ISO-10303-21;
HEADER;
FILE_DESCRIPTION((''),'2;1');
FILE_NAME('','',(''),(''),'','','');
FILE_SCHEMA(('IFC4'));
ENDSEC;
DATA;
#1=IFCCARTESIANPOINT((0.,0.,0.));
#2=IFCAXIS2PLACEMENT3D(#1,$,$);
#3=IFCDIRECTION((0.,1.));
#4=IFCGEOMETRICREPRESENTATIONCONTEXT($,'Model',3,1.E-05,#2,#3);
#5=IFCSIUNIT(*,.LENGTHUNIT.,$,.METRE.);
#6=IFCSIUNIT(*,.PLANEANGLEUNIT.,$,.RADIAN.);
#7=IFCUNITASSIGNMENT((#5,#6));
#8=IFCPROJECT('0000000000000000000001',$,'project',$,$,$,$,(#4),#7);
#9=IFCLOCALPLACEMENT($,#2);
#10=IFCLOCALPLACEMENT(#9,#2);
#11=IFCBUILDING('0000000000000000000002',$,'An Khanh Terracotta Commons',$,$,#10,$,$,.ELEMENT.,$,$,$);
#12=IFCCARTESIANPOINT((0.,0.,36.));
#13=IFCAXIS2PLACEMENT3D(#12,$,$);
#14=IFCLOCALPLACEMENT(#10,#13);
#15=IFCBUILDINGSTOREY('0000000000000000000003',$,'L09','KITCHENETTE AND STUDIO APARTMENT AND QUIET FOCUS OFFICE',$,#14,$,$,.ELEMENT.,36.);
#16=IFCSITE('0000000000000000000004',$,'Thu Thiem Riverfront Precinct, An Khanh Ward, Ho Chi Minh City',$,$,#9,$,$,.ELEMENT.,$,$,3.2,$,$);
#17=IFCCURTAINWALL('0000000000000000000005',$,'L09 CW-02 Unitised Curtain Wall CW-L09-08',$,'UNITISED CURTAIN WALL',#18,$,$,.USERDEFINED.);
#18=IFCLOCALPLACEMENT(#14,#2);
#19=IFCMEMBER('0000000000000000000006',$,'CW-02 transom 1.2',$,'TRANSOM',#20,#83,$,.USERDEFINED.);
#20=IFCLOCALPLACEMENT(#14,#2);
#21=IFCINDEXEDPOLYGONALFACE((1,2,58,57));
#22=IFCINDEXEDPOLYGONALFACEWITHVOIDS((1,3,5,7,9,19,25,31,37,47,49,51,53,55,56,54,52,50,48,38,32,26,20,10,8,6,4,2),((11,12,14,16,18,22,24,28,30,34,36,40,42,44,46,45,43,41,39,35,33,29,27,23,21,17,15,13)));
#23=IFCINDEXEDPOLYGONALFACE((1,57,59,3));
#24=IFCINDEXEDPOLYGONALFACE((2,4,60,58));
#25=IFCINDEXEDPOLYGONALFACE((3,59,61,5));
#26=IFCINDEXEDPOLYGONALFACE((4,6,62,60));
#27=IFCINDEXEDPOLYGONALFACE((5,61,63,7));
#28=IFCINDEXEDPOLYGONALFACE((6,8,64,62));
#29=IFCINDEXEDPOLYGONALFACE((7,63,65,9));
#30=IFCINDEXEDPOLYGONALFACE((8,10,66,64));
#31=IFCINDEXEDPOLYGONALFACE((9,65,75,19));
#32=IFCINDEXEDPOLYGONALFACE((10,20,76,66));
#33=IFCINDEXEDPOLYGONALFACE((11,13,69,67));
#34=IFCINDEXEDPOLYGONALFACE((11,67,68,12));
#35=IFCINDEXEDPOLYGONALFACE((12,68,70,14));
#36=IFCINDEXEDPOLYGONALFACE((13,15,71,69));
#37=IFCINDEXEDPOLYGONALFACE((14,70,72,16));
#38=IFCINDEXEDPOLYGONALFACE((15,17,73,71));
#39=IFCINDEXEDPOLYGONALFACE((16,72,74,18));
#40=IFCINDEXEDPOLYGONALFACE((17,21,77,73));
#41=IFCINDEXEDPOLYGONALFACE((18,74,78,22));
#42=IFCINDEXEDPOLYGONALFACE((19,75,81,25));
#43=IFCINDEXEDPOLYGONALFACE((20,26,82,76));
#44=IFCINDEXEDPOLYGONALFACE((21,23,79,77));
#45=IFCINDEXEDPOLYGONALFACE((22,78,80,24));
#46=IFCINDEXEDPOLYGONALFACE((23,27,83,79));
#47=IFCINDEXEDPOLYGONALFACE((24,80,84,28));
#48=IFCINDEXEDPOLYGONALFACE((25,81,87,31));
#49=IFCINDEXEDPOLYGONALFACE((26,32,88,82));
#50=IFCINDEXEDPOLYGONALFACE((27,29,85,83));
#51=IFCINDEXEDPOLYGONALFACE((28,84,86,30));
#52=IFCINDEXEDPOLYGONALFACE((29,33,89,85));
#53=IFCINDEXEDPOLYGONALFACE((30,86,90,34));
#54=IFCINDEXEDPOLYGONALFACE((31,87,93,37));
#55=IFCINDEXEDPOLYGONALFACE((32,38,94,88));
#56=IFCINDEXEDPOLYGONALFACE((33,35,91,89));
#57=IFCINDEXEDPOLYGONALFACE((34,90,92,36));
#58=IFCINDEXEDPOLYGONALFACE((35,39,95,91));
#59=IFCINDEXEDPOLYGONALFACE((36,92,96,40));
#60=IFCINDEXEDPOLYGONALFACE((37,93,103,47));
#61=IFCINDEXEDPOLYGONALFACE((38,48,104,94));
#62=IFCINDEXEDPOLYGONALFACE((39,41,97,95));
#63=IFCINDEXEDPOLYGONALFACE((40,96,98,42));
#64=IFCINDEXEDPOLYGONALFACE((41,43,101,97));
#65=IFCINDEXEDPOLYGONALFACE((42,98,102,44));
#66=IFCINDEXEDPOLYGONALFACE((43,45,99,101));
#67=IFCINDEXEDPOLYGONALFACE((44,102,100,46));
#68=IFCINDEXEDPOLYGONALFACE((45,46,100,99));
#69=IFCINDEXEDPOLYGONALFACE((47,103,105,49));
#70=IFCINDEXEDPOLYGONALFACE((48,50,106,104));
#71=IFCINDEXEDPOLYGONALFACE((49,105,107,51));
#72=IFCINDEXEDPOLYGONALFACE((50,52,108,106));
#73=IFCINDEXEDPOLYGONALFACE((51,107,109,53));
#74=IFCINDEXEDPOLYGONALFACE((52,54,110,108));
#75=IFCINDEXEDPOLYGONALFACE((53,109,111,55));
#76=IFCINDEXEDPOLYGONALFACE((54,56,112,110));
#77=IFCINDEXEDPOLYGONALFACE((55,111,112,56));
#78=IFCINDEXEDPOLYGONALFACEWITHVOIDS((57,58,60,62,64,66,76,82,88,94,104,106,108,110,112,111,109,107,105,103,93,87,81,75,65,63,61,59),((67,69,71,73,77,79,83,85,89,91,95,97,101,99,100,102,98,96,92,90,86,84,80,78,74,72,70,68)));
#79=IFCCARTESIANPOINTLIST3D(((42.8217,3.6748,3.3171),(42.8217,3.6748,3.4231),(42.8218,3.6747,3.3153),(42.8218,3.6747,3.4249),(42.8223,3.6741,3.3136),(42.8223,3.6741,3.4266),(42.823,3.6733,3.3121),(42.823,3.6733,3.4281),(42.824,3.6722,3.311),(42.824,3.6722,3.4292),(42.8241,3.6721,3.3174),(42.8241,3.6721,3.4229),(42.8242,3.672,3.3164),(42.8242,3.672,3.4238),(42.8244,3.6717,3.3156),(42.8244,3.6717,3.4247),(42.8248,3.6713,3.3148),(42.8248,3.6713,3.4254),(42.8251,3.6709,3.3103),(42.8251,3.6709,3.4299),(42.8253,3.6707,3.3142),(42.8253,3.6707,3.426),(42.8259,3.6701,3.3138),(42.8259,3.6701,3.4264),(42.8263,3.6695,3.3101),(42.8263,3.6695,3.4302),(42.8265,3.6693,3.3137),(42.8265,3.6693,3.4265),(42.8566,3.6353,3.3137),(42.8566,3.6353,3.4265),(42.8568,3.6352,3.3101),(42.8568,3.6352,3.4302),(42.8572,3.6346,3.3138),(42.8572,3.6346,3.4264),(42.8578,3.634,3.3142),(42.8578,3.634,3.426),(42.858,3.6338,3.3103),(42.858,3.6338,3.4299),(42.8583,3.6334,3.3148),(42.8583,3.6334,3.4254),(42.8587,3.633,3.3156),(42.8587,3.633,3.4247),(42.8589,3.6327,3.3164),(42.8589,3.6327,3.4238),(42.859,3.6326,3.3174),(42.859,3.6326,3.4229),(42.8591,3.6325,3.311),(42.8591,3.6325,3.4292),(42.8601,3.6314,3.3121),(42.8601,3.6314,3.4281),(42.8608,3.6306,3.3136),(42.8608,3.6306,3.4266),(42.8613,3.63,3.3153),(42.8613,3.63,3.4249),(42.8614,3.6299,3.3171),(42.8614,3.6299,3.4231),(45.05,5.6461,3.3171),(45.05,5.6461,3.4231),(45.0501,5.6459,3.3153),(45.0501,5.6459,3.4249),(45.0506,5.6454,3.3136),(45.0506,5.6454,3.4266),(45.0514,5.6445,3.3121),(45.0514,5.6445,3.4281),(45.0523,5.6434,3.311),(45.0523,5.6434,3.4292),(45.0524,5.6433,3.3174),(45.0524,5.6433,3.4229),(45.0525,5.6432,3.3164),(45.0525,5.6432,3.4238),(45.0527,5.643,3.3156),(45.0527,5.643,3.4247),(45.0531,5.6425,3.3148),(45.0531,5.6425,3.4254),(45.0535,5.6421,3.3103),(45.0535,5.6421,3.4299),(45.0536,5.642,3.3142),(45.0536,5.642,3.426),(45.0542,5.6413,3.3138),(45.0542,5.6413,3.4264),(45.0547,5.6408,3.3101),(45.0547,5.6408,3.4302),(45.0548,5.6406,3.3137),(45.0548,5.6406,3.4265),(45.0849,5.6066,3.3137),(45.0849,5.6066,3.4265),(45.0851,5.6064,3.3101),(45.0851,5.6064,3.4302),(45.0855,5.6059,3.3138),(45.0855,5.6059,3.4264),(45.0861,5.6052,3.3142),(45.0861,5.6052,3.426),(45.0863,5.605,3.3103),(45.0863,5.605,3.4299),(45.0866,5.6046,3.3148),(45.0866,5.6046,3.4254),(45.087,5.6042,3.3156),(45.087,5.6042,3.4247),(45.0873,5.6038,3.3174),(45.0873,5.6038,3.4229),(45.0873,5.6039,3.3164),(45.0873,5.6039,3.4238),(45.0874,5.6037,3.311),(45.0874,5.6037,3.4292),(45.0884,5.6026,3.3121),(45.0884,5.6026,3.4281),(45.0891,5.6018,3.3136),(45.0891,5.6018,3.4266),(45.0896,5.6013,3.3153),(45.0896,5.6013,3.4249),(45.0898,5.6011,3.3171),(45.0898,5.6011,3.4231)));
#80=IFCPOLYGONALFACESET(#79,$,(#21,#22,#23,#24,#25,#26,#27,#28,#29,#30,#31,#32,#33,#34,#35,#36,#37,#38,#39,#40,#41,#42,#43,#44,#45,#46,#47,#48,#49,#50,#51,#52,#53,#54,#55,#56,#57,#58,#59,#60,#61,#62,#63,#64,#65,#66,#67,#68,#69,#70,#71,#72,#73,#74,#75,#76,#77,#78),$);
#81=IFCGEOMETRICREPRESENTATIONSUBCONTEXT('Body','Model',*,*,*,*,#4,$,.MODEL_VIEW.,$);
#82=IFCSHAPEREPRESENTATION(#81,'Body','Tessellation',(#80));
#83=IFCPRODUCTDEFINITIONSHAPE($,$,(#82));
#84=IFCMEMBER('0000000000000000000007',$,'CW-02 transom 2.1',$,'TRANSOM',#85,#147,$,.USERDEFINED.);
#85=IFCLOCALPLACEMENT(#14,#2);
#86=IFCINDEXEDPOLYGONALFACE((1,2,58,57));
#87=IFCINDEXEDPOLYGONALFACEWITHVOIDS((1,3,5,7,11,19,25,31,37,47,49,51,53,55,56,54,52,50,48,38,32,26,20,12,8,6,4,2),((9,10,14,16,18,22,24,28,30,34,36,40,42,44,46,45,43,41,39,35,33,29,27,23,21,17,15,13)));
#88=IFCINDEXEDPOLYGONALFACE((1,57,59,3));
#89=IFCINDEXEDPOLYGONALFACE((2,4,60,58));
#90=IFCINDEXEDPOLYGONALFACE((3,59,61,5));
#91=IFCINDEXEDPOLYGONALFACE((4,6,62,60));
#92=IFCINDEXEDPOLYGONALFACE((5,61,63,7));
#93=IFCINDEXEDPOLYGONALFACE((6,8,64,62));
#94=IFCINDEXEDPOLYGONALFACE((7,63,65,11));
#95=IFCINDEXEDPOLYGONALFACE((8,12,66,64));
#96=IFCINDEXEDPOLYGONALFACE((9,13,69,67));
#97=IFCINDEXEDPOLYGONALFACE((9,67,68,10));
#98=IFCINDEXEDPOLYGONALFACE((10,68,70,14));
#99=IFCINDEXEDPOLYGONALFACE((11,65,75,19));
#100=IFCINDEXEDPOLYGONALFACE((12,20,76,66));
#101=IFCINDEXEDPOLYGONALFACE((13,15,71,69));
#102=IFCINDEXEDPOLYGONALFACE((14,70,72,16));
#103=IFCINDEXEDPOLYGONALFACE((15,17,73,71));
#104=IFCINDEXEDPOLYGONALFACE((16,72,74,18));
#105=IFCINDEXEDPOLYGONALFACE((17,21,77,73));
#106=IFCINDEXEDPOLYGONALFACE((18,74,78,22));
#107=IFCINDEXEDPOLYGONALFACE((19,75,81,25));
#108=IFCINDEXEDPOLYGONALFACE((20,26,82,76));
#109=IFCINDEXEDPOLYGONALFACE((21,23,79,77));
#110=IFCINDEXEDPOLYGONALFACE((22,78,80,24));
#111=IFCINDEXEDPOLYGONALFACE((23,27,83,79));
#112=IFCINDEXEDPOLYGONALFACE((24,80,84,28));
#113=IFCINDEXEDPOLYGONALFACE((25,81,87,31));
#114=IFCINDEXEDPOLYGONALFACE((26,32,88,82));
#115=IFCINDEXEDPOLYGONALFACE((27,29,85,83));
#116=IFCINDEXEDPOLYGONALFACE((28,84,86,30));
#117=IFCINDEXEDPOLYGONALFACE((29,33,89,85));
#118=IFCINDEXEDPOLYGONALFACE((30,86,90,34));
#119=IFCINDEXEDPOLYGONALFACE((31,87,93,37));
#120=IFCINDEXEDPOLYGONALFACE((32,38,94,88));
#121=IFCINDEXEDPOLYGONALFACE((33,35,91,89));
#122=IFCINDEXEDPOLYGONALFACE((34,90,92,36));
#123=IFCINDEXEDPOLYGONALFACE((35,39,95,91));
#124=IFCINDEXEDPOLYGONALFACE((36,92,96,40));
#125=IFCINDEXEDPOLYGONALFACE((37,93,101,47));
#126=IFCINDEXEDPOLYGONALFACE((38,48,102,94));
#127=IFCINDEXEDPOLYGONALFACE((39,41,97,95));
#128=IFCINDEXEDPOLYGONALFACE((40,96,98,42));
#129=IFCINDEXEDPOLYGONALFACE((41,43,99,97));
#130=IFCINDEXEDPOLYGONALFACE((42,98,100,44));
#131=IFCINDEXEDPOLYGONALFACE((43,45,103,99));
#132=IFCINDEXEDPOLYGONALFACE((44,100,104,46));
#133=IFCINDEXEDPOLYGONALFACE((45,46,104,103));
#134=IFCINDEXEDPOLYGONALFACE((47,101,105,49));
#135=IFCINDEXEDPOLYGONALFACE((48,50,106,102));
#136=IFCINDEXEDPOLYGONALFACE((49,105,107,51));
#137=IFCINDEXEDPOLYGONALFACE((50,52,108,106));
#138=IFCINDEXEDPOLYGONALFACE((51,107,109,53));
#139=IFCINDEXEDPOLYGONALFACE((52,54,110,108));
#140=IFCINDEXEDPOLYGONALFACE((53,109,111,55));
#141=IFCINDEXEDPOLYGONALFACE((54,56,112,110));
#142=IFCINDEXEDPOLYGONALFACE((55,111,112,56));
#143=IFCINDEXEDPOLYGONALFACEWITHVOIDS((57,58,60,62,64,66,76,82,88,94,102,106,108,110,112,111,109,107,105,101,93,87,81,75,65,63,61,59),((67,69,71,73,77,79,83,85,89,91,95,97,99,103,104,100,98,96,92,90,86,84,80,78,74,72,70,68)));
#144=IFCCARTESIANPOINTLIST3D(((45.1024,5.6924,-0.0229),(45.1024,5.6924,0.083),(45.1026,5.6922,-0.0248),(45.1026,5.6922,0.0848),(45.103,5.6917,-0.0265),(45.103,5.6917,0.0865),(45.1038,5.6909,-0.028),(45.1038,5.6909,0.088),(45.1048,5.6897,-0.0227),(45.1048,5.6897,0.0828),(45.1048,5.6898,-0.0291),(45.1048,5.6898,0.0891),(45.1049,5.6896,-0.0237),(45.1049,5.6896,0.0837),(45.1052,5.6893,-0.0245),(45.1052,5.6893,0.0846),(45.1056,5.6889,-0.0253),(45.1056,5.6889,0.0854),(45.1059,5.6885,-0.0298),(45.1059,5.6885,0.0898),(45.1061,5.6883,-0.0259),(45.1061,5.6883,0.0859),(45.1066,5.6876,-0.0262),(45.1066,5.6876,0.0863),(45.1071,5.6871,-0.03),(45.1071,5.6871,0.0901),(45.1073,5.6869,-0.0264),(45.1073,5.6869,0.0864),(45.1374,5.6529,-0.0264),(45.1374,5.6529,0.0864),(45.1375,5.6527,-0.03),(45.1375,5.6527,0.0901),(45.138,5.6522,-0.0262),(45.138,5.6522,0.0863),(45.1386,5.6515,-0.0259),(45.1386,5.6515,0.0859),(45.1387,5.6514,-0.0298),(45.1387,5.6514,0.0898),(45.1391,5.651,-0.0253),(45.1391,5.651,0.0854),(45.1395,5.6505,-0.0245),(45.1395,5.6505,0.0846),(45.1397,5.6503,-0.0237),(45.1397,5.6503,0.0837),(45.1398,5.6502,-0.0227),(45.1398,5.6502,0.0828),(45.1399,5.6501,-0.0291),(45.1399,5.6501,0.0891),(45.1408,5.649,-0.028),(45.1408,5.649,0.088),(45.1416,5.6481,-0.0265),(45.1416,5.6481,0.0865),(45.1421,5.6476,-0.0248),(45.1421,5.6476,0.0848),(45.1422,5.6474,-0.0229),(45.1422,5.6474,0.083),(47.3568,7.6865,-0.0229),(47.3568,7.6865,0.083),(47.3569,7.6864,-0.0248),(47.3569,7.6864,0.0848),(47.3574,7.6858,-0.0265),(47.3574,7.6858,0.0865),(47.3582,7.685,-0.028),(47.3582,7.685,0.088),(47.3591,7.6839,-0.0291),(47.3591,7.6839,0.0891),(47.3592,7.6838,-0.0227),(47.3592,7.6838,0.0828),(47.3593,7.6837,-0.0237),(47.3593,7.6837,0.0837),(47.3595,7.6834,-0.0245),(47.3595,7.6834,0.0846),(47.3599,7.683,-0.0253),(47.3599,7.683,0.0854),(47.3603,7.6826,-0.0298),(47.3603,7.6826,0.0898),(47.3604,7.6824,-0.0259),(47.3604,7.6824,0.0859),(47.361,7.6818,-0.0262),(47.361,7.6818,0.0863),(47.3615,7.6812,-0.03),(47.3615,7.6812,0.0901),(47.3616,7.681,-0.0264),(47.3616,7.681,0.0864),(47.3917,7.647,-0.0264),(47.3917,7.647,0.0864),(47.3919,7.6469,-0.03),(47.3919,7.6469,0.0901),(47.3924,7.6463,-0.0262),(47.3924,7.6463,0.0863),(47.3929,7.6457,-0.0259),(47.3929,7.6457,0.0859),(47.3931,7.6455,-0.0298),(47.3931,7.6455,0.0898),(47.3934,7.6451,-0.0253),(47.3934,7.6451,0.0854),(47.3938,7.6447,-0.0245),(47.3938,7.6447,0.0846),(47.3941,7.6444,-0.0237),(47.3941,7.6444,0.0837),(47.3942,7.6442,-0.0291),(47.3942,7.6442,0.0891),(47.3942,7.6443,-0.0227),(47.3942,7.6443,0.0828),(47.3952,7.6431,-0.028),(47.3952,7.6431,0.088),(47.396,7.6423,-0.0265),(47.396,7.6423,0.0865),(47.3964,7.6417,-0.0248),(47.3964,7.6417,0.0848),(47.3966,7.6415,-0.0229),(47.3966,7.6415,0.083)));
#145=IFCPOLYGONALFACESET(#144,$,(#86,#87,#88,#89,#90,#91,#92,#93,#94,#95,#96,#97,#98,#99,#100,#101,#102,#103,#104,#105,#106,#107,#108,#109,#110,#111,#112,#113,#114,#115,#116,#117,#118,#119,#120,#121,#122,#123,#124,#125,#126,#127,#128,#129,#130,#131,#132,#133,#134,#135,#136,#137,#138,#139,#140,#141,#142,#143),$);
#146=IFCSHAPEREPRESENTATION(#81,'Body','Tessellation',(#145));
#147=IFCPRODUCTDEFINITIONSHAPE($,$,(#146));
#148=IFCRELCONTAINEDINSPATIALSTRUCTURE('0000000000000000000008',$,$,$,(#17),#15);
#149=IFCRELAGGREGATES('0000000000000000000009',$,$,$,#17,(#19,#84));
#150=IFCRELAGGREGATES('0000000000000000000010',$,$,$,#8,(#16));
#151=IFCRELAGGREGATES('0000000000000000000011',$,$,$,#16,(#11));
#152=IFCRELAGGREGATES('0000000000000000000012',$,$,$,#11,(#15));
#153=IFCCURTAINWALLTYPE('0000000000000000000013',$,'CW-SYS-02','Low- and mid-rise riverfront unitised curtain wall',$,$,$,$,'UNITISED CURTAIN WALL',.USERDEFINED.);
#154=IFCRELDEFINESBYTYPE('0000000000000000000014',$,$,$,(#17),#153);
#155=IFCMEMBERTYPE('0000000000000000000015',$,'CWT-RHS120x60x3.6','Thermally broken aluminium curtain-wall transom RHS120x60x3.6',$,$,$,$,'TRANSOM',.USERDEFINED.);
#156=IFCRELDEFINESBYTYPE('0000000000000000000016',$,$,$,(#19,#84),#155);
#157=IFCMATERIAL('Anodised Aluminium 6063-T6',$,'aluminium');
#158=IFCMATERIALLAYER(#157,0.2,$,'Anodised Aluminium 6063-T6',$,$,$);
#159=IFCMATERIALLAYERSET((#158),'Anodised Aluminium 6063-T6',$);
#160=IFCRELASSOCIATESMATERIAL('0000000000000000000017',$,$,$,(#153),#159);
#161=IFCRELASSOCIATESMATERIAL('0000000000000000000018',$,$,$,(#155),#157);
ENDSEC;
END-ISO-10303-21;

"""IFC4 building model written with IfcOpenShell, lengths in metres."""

from ifc_helpers import new_model, si_unit, direction, frame, origin, origin_2d, place, context, subcontext, project, spatial, hollow_rectangle, extrude, material, layer, layer_set, material_profile, profile_set, type_object, element, aggregate, save


model = new_model("IFC4")

# Units and contexts
model_context = context("Model", 3, precision=1e-05, world=origin(), true_north=direction((0.0, 1.0)))
body_context = subcontext(model_context, "Body", "Model", "MODEL_VIEW")
ifc_project = project(units=[si_unit("LENGTHUNIT", "METRE"), si_unit("PLANEANGLEUNIT", "RADIAN")], contexts=[model_context])

# Site, building, storey
site_placement = place(None, origin())
site = spatial("IfcSite", under=ifc_project, at=site_placement, Name="Thu Thiem Riverfront Precinct, An Khanh Ward, Ho Chi Minh City", CompositionType="ELEMENT", RefElevation=3.2)
building_placement = place(site_placement, origin())
building = spatial("IfcBuilding", under=site, at=building_placement, Name="An Khanh Terracotta Commons", CompositionType="ELEMENT")
storey_placement = place(building_placement, frame((0.0, 0.0, 36.0)))
storey = spatial("IfcBuildingStorey", under=building, at=storey_placement, Name="L09", Description="KITCHENETTE AND STUDIO APARTMENT AND QUIET FOCUS OFFICE", CompositionType="ELEMENT", Elevation=36.0)

# Curtain wall, members
ifc_material_1 = material(Name="Anodised Aluminium 6063-T6", Category="aluminium")
ifc_layer_1 = layer(ifc_material_1, 0.2, Name="Anodised Aluminium 6063-T6")
ifc_layer_set_1 = layer_set([ifc_layer_1], Name="Anodised Aluminium 6063-T6")
curtain_wall_type = type_object("IfcCurtainWallType", Name="CW-SYS-02", Description="Low- and mid-rise riverfront unitised curtain wall", ElementType="UNITISED CURTAIN WALL", PredefinedType="USERDEFINED", material=ifc_layer_set_1)
curtain_wall_placement = place(storey_placement, origin())
curtain_wall = element("IfcCurtainWall", 1, at=curtain_wall_placement, inside=storey, type_object=curtain_wall_type, Name="L09 CW-02 Unitised Curtain Wall CW-L09-08", ObjectType="UNITISED CURTAIN WALL", PredefinedType="USERDEFINED")
ifc_material_profile_1 = material_profile(ifc_material_1, hollow_rectangle(XDim=0.0601, YDim=0.1201, WallThickness=0.0037, InnerFilletRadius=0.0037, OuterFilletRadius=0.0071, at=origin_2d()), Name="RHS120x60x3.6")
ifc_profile_set_1 = profile_set([ifc_material_profile_1], Name="Anodised Aluminium 6063-T6")
member_type_1 = type_object("IfcMemberType", Name="CWT-RHS120x60x3.6", Description="Thermally broken aluminium curtain-wall transom RHS120x60x3.6", ElementType="TRANSOM", PredefinedType="USERDEFINED", material=ifc_profile_set_1)
member_1_placement = place(storey_placement, frame((42.8416, 3.6523, 3.3701), z_axis=(0.748992, 0.662579, 0.0), x_axis=(-0.662579, 0.748992, 0.0)))
member_1 = element("IfcMember", 2, at=member_1_placement, type_object=member_type_1, Name="CW-02 transom 1.2", ObjectType="TRANSOM", PredefinedType="USERDEFINED", context=body_context, shape_type="SweptSolid", body=[
    extrude(hollow_rectangle(XDim=0.0601, YDim=0.1201, WallThickness=0.0037, InnerFilletRadius=0.0037, OuterFilletRadius=0.0071, at=origin_2d()), origin(), (0.0, 0.0, 1.0), 2.9751),
])
member_2_placement = place(storey_placement, frame((45.1223, 5.6699, 0.03), z_axis=(0.749018, 0.662549, 0.0), x_axis=(-0.662549, 0.749018, 0.0)))
member_2 = element("IfcMember", 3, at=member_2_placement, type_object=member_type_1, Name="CW-02 transom 2.1", ObjectType="TRANSOM", PredefinedType="USERDEFINED", context=body_context, shape_type="SweptSolid", body=[
    extrude(hollow_rectangle(XDim=0.0601, YDim=0.1201, WallThickness=0.0037, InnerFilletRadius=0.0037, OuterFilletRadius=0.0071, at=origin_2d()), origin(), (0.0, 0.0, 1.0), 3.0098),
])
aggregate(curtain_wall, [member_1, member_2])

save(model, "model.ifc")
